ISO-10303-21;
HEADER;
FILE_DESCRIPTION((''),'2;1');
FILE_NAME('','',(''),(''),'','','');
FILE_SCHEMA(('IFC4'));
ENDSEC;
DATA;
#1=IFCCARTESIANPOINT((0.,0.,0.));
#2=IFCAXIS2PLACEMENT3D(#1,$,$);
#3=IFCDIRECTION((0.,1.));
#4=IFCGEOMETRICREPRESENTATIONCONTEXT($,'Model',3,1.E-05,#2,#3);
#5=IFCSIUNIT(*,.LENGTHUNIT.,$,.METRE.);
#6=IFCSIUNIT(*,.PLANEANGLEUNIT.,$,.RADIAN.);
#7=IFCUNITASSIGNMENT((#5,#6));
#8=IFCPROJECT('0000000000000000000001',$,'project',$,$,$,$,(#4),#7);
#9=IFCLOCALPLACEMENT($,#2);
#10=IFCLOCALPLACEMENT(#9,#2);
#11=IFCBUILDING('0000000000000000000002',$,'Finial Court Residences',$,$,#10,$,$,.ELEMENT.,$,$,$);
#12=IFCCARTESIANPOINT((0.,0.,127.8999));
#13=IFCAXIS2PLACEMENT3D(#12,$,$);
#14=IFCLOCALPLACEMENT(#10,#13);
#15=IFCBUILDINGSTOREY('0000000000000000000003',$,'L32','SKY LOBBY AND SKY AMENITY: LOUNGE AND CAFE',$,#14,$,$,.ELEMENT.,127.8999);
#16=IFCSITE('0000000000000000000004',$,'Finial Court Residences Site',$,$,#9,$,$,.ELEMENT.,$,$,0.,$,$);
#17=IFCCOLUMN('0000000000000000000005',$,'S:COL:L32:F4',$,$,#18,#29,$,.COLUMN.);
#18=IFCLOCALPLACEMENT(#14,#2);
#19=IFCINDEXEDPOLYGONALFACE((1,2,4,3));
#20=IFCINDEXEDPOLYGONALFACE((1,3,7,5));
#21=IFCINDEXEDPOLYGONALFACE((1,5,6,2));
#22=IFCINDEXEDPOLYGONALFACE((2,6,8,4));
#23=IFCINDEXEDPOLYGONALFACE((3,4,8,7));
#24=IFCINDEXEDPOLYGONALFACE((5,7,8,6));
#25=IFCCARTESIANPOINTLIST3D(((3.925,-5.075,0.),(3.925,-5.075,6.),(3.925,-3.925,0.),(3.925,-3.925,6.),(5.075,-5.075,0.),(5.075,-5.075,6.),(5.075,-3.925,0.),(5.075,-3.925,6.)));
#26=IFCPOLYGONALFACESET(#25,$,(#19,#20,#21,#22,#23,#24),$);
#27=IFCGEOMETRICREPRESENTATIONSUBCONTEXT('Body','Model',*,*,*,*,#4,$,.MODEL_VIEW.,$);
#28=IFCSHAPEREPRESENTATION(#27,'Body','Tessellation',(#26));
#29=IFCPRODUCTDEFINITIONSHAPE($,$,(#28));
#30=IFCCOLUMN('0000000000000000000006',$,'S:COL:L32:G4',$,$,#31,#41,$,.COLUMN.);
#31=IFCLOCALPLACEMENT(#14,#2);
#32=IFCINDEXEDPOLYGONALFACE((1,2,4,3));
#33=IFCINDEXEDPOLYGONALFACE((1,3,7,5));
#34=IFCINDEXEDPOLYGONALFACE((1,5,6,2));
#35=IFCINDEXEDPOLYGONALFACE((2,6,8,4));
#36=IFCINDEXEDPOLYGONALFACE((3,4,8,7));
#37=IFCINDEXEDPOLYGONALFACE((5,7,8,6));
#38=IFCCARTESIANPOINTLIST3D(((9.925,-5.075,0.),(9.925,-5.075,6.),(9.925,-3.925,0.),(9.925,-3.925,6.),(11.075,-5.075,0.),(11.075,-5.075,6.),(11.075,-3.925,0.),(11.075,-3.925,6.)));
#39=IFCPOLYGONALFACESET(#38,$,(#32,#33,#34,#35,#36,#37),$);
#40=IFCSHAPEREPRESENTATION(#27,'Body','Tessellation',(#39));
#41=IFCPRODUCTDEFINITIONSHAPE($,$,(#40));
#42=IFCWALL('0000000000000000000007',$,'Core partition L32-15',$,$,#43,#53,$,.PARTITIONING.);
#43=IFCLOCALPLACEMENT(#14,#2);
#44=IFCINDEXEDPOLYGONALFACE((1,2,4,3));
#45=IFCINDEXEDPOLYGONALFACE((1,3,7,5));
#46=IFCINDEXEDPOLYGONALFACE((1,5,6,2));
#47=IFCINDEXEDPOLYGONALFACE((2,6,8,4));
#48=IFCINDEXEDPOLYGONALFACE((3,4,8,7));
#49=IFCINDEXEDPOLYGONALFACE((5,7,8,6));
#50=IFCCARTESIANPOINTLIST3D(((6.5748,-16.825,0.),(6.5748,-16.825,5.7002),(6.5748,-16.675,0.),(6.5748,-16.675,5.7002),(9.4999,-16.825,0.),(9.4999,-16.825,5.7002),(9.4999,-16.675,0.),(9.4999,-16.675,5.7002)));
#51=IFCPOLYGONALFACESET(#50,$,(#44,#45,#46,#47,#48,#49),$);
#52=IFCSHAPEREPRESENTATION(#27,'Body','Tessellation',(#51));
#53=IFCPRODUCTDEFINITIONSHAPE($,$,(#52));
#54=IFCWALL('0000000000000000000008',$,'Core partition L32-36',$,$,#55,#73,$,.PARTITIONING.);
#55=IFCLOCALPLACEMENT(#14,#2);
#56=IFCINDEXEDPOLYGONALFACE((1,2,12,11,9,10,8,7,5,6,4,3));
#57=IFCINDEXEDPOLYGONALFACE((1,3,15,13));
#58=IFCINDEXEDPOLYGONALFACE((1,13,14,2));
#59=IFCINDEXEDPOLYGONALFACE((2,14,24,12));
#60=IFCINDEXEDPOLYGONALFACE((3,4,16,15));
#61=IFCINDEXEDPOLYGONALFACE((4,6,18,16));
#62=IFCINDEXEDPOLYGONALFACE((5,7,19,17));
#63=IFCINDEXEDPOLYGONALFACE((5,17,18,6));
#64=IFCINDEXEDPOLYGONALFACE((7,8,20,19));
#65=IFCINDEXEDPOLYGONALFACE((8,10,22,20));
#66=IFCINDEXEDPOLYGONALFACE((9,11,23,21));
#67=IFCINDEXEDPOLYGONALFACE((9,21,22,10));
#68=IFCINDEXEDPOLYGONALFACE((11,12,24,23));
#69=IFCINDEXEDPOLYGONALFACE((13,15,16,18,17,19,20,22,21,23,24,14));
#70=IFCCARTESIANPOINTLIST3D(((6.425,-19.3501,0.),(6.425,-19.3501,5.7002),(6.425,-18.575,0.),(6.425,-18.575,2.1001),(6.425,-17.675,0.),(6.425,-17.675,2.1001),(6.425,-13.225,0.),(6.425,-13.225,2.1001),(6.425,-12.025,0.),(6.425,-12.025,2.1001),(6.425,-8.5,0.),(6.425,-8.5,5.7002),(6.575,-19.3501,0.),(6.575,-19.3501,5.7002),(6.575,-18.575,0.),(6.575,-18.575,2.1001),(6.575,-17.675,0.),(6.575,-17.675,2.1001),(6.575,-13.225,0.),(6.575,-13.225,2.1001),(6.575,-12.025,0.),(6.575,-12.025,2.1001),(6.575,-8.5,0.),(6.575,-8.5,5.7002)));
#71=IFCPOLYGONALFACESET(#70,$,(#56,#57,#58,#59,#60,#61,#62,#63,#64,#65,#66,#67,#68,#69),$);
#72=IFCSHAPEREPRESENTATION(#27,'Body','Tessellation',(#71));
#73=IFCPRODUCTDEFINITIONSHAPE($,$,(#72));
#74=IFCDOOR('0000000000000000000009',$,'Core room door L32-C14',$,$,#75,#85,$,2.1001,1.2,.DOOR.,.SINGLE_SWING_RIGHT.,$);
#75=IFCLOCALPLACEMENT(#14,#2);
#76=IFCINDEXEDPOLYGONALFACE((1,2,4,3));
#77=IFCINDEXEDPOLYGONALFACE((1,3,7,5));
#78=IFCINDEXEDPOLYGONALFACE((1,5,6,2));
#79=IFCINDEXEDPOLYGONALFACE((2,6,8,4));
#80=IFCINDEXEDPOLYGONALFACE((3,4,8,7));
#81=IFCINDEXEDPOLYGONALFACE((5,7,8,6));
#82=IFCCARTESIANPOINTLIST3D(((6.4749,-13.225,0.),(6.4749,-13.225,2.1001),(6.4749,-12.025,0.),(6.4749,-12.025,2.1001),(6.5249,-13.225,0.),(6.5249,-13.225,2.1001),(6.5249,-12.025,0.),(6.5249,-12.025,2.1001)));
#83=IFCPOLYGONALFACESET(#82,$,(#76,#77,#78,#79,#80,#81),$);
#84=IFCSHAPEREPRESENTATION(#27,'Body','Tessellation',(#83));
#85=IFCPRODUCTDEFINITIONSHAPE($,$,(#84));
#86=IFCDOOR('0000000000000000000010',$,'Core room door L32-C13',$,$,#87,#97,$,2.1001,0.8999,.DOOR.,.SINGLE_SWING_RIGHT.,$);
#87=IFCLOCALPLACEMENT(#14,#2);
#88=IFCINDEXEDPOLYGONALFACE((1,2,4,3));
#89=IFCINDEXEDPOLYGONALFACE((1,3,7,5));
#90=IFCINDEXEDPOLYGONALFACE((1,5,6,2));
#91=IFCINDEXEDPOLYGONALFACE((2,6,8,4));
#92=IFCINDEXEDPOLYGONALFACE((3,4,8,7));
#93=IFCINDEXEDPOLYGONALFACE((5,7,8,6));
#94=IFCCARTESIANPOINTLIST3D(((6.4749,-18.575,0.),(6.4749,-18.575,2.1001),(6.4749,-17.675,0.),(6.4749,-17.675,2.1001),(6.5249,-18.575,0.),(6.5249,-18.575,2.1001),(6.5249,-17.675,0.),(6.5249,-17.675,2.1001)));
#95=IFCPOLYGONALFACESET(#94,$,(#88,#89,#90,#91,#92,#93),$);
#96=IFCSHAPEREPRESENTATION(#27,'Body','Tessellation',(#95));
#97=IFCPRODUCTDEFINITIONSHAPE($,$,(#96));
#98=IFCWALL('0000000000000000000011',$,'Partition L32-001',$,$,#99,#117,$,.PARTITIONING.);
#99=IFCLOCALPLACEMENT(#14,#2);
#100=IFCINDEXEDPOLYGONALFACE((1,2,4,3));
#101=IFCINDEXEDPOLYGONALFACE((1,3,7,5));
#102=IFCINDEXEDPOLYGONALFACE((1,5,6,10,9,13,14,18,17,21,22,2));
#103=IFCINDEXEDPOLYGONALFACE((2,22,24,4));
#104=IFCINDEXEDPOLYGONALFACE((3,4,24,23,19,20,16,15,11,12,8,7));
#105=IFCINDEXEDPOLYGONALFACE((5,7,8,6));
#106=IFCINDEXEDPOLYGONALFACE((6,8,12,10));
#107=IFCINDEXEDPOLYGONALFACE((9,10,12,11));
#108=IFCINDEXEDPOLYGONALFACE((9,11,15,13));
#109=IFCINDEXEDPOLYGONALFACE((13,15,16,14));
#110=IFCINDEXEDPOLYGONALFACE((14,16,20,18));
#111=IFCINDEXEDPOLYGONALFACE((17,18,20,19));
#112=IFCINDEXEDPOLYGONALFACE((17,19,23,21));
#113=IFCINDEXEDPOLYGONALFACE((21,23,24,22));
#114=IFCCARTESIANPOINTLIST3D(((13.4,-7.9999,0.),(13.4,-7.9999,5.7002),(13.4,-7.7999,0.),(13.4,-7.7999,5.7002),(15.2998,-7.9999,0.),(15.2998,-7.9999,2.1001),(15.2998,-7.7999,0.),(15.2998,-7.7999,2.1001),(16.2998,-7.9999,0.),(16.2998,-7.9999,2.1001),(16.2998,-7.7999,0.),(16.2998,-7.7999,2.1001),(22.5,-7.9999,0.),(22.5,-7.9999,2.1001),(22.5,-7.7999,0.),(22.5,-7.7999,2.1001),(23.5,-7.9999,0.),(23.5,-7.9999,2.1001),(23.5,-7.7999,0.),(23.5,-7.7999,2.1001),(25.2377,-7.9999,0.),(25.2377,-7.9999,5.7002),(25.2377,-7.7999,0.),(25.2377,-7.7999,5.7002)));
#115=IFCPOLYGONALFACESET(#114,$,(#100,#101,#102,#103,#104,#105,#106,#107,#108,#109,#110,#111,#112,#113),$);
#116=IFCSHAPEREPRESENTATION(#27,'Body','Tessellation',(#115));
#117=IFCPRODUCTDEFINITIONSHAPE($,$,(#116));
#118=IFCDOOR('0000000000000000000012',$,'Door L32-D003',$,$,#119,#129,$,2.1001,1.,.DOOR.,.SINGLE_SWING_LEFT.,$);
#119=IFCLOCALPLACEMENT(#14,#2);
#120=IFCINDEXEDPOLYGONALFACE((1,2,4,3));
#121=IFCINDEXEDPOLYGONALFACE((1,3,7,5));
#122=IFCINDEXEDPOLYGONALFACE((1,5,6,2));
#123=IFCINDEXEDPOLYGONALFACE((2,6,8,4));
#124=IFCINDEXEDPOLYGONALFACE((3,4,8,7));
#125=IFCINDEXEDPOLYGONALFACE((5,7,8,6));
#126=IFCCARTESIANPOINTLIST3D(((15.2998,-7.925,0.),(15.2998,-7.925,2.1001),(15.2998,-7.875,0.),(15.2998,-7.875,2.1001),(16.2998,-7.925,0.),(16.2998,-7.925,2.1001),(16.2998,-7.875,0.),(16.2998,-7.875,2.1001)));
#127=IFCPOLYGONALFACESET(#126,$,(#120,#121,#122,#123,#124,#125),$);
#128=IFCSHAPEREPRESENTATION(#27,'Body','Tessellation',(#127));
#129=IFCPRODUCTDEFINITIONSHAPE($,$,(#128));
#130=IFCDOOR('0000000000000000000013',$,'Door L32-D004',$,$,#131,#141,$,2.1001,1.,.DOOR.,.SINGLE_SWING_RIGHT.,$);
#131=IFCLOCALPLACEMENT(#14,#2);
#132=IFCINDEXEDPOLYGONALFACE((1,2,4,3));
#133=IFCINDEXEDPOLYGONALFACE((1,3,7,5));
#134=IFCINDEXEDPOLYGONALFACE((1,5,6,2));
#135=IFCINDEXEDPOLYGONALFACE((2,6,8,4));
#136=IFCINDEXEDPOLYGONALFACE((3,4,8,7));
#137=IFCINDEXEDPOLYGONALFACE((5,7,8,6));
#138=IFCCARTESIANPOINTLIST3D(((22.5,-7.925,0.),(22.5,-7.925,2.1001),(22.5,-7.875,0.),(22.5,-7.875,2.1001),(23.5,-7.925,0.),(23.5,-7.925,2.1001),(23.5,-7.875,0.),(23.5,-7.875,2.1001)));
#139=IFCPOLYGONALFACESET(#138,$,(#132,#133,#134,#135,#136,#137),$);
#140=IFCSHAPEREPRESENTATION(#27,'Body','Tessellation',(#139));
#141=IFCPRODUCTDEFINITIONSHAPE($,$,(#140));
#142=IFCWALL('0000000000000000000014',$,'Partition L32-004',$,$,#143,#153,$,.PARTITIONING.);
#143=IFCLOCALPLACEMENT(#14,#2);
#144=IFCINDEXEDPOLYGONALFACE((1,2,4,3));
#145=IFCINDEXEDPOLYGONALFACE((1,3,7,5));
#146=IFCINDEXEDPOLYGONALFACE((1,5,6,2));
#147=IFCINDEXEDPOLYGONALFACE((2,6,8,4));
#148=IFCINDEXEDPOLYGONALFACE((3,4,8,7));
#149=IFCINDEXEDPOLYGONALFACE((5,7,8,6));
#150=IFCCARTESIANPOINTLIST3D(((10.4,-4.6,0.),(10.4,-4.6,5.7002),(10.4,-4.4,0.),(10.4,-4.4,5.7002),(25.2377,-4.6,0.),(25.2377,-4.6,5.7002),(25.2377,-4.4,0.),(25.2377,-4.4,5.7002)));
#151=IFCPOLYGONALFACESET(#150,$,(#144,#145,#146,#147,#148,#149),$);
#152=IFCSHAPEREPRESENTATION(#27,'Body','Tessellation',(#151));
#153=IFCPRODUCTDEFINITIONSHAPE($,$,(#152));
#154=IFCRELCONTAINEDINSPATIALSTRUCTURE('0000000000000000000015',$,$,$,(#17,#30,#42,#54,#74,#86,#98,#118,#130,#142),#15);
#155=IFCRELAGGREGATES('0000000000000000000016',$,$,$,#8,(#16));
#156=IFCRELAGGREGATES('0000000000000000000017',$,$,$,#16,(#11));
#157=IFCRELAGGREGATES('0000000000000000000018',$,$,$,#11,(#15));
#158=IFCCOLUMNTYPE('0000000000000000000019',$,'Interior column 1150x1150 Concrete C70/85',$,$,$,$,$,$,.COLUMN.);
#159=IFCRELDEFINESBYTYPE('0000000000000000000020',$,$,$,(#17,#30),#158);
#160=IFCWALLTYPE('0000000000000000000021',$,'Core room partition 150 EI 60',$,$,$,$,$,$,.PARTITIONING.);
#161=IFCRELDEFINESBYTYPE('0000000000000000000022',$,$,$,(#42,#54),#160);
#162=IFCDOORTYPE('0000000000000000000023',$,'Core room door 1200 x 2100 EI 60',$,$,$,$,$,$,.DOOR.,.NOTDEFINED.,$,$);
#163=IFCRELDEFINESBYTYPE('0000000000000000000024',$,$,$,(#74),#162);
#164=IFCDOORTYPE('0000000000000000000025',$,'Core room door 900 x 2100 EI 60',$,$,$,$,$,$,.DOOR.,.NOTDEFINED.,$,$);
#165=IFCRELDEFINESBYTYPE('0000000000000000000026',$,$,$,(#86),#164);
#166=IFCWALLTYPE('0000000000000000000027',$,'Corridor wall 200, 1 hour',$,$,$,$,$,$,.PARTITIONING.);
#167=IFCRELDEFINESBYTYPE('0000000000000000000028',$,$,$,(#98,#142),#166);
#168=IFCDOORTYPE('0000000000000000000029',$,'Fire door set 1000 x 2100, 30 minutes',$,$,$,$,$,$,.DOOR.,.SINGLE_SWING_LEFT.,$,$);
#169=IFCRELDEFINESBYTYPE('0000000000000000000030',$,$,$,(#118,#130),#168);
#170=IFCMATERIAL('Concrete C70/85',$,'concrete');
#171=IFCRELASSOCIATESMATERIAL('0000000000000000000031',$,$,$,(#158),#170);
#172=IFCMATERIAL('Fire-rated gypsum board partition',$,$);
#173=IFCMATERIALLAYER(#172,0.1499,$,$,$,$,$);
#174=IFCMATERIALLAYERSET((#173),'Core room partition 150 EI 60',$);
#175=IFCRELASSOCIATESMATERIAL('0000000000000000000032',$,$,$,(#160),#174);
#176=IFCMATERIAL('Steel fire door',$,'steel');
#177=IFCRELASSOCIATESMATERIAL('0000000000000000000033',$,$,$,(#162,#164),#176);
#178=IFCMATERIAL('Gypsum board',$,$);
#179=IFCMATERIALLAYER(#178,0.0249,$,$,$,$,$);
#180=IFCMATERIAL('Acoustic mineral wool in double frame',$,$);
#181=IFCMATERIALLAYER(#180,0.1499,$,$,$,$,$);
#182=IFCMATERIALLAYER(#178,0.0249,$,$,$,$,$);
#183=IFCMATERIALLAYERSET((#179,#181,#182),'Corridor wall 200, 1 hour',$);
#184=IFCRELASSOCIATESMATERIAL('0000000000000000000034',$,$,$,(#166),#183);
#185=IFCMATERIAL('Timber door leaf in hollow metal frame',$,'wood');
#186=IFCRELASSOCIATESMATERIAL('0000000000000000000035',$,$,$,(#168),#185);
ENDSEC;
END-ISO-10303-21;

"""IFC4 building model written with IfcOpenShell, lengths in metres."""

from ifc_helpers import new_model, si_unit, direction, frame, frame_2d, origin, origin_2d, place, context, subcontext, project, spatial, rectangle, extrude, material, layer, layer_set, material_profile, profile_set, type_object, element, fill, save


model = new_model("IFC4")

# Units and contexts
model_context = context("Model", 3, precision=1e-05, world=origin(), true_north=direction((0.0, 1.0)))
body_context = subcontext(model_context, "Body", "Model", "MODEL_VIEW")
ifc_project = project(units=[si_unit("LENGTHUNIT", "METRE"), si_unit("PLANEANGLEUNIT", "RADIAN")], contexts=[model_context])

# Site, building, storey
site_placement = place(None, origin())
site = spatial("IfcSite", under=ifc_project, at=site_placement, Name="Finial Court Residences Site", CompositionType="ELEMENT", RefElevation=0.0)
building_placement = place(site_placement, origin())
building = spatial("IfcBuilding", under=site, at=building_placement, Name="Finial Court Residences", CompositionType="ELEMENT")
storey_placement = place(building_placement, frame((0.0, 0.0, 127.8999)))
storey = spatial("IfcBuildingStorey", under=building, at=storey_placement, Name="L32", Description="SKY LOBBY AND SKY AMENITY: LOUNGE AND CAFE", CompositionType="ELEMENT", Elevation=127.8999)

# Columns
ifc_material_1 = material(Name="Concrete C70/85", Category="concrete")
ifc_material_profile = material_profile(ifc_material_1, rectangle(XDim=1.1499, YDim=1.1499, at=origin_2d()), Name="1150x1150")
ifc_profile_set = profile_set([ifc_material_profile], Name="Concrete C70/85")
column_type = type_object("IfcColumnType", Name="Interior column 1150x1150 Concrete C70/85", PredefinedType="COLUMN", material=ifc_profile_set)
for number, where, z_axis, x_axis, name in (
    (1, (4.5, -4.5, 0.0), (0.0, 0.0, 1.0), (1.0, 0.0, 0.0), "S:COL:L32:F4"),
    (2, (10.5, -4.5, 0.0), (0.0, 0.0, 1.0), (1.0, 0.0, 0.0), "S:COL:L32:G4"),
):
    element("IfcColumn", number, at=place(storey_placement, frame(where, z_axis=z_axis, x_axis=x_axis)), inside=storey, type_object=column_type, Name=name, PredefinedType="COLUMN", context=body_context, shape_type="SweptSolid", body=[
        extrude(rectangle(XDim=1.1499, YDim=1.1499, at=origin_2d()), origin(), (0.0, 0.0, 1.0), 6.0),
    ])

# Wall
ifc_material_2 = material(Name="Fire-rated gypsum board partition")
ifc_layer_1 = layer(ifc_material_2, 0.1499)
ifc_layer_set_1 = layer_set([ifc_layer_1], Name="Core room partition 150 EI 60")
wall_type_1 = type_object("IfcWallType", Name="Core room partition 150 EI 60", PredefinedType="PARTITIONING", material=ifc_layer_set_1)
wall_1_placement = place(storey_placement, frame((6.575, -16.75, 0.0), z_axis=(0.0, 0.0, 1.0), x_axis=(1.0, 0.0, 0.0)))
element("IfcWall", 3, at=wall_1_placement, inside=storey, type_object=wall_type_1, Name="Core partition L32-15", PredefinedType="PARTITIONING", context=body_context, shape_type="SweptSolid", body=[
    extrude(rectangle(XDim=2.925, YDim=0.1499, at=frame_2d((1.4624, 0.0))), origin(), (0.0, 0.0, 1.0), 5.7002),
])

# Walls, openings, doors
wall_2_placement = place(storey_placement, frame((6.5, -8.5, 0.0), z_axis=(0.0, 0.0, 1.0), x_axis=(0.0, -1.0, 0.0)))
wall_2 = element("IfcWall", 4, at=wall_2_placement, inside=storey, type_object=wall_type_1, Name="Core partition L32-36", PredefinedType="PARTITIONING", context=body_context, shape_type="SweptSolid", body=[
    extrude(rectangle(XDim=10.8501, YDim=0.1499, at=frame_2d((5.425, 0.0))), origin(), (0.0, 0.0, 1.0), 5.7002),
])
opening_1_placement = place(wall_2_placement, frame((9.175, 0.0, 0.0)))
opening_1 = element("IfcOpeningElement", 5, at=opening_1_placement, cuts=wall_2, PredefinedType="OPENING", context=body_context, shape_type="SweptSolid", body=[
    extrude(rectangle(XDim=0.8999, YDim=2.1001, at=frame_2d((0.45, 1.05))), frame((0.0, 0.085, 0.0), z_axis=(0.0, -1.0, 0.0), x_axis=(1.0, 0.0, 0.0)), (0.0, 0.0, 1.0), 0.1699),
])
opening_2_placement = place(wall_2_placement, frame((3.5249, 0.0, 0.0)))
opening_2 = element("IfcOpeningElement", 6, at=opening_2_placement, cuts=wall_2, PredefinedType="OPENING", context=body_context, shape_type="SweptSolid", body=[
    extrude(rectangle(XDim=1.2, YDim=2.1001, at=frame_2d((0.6001, 1.05))), frame((0.0, 0.085, 0.0), z_axis=(0.0, -1.0, 0.0), x_axis=(1.0, 0.0, 0.0)), (0.0, 0.0, 1.0), 0.1699),
])
ifc_material_3 = material(Name="Steel fire door", Category="steel")
door_type_1 = type_object("IfcDoorType", Name="Core room door 1200 x 2100 EI 60", OperationType="NOTDEFINED", PredefinedType="DOOR", material=ifc_material_3)
door_1_placement = place(opening_2_placement, origin())
door_1 = element("IfcDoor", 7, at=door_1_placement, inside=storey, type_object=door_type_1, Name="Core room door L32-C14", OperationType="SINGLE_SWING_RIGHT", OverallHeight=2.1001, OverallWidth=1.2, PredefinedType="DOOR", context=body_context, shape_type="SweptSolid", body=[
    extrude(rectangle(XDim=1.2, YDim=2.1001, at=frame_2d((0.6001, 1.05))), frame((0.0, 0.0249, 0.0), z_axis=(0.0, -1.0, 0.0), x_axis=(1.0, 0.0, 0.0)), (0.0, 0.0, 1.0), 0.05),
])
fill(opening_2, door_1)
door_type_2 = type_object("IfcDoorType", Name="Core room door 900 x 2100 EI 60", OperationType="NOTDEFINED", PredefinedType="DOOR", material=ifc_material_3)
door_2_placement = place(opening_1_placement, origin())
door_2 = element("IfcDoor", 8, at=door_2_placement, inside=storey, type_object=door_type_2, Name="Core room door L32-C13", OperationType="SINGLE_SWING_RIGHT", OverallHeight=2.1001, OverallWidth=0.8999, PredefinedType="DOOR", context=body_context, shape_type="SweptSolid", body=[
    extrude(rectangle(XDim=0.8999, YDim=2.1001, at=frame_2d((0.45, 1.05))), frame((0.0, 0.0249, 0.0), z_axis=(0.0, -1.0, 0.0), x_axis=(1.0, 0.0, 0.0)), (0.0, 0.0, 1.0), 0.05),
])
fill(opening_1, door_2)
ifc_material_4 = material(Name="Gypsum board")
ifc_layer_2 = layer(ifc_material_4, 0.0249)
ifc_material_5 = material(Name="Acoustic mineral wool in double frame")
ifc_layer_3 = layer(ifc_material_5, 0.1499)
ifc_layer_4 = layer(ifc_material_4, 0.0249)
ifc_layer_set_2 = layer_set([ifc_layer_2, ifc_layer_3, ifc_layer_4], Name="Corridor wall 200, 1 hour")
wall_type_2 = type_object("IfcWallType", Name="Corridor wall 200, 1 hour", PredefinedType="PARTITIONING", material=ifc_layer_set_2)
wall_3_placement = place(storey_placement, frame((13.3999, -7.8999, 0.0), z_axis=(0.0, 0.0, 1.0), x_axis=(1.0, 0.0, 0.0)))
wall_3 = element("IfcWall", 9, at=wall_3_placement, inside=storey, type_object=wall_type_2, Name="Partition L32-001", PredefinedType="PARTITIONING", context=body_context, shape_type="SweptSolid", body=[
    extrude(rectangle(XDim=11.8376, YDim=0.2, at=frame_2d((5.9189, 0.0))), origin(), (0.0, 0.0, 1.0), 5.7002),
])
opening_3_placement = place(wall_3_placement, frame((1.8999, 0.0, 0.0)))
opening_3 = element("IfcOpeningElement", 10, at=opening_3_placement, cuts=wall_3, PredefinedType="OPENING", context=body_context, shape_type="SweptSolid", body=[
    extrude(rectangle(XDim=1.0, YDim=2.1001, at=frame_2d((0.5, 1.05))), frame((0.0, 0.1099, 0.0), z_axis=(0.0, -1.0, 0.0), x_axis=(1.0, 0.0, 0.0)), (0.0, 0.0, 1.0), 0.22),
])
opening_4_placement = place(wall_3_placement, frame((9.1001, 0.0, 0.0)))
opening_4 = element("IfcOpeningElement", 11, at=opening_4_placement, cuts=wall_3, PredefinedType="OPENING", context=body_context, shape_type="SweptSolid", body=[
    extrude(rectangle(XDim=1.0, YDim=2.1001, at=frame_2d((0.5, 1.05))), frame((0.0, 0.1099, 0.0), z_axis=(0.0, -1.0, 0.0), x_axis=(1.0, 0.0, 0.0)), (0.0, 0.0, 1.0), 0.22),
])
ifc_material_6 = material(Name="Timber door leaf in hollow metal frame", Category="wood")
door_type_3 = type_object("IfcDoorType", Name="Fire door set 1000 x 2100, 30 minutes", OperationType="SINGLE_SWING_LEFT", PredefinedType="DOOR", material=ifc_material_6)
door_3_placement = place(opening_3_placement, origin())
door_3 = element("IfcDoor", 12, at=door_3_placement, inside=storey, type_object=door_type_3, Name="Door L32-D003", OperationType="SINGLE_SWING_LEFT", OverallHeight=2.1001, OverallWidth=1.0, PredefinedType="DOOR", context=body_context, shape_type="SweptSolid", body=[
    extrude(rectangle(XDim=1.0, YDim=2.1001, at=frame_2d((0.5, 1.05))), frame((0.0, 0.0249, 0.0), z_axis=(0.0, -1.0, 0.0), x_axis=(1.0, 0.0, 0.0)), (0.0, 0.0, 1.0), 0.05),
])
fill(opening_3, door_3)
door_4_placement = place(opening_4_placement, origin())
door_4 = element("IfcDoor", 13, at=door_4_placement, inside=storey, type_object=door_type_3, Name="Door L32-D004", OperationType="SINGLE_SWING_RIGHT", OverallHeight=2.1001, OverallWidth=1.0, PredefinedType="DOOR", context=body_context, shape_type="SweptSolid", body=[
    extrude(rectangle(XDim=1.0, YDim=2.1001, at=frame_2d((0.5, 1.05))), frame((0.0, 0.0249, 0.0), z_axis=(0.0, -1.0, 0.0), x_axis=(1.0, 0.0, 0.0)), (0.0, 0.0, 1.0), 0.05),
])
fill(opening_4, door_4)

# Wall
wall_4_placement = place(storey_placement, frame((10.3999, -4.5, 0.0), z_axis=(0.0, 0.0, 1.0), x_axis=(1.0, 0.0, 0.0)))
element("IfcWall", 14, at=wall_4_placement, inside=storey, type_object=wall_type_2, Name="Partition L32-004", PredefinedType="PARTITIONING", context=body_context, shape_type="SweptSolid", body=[
    extrude(rectangle(XDim=14.8376, YDim=0.2, at=frame_2d((7.4189, 0.0))), origin(), (0.0, 0.0, 1.0), 5.7002),
])

save(model, "model.ifc")
